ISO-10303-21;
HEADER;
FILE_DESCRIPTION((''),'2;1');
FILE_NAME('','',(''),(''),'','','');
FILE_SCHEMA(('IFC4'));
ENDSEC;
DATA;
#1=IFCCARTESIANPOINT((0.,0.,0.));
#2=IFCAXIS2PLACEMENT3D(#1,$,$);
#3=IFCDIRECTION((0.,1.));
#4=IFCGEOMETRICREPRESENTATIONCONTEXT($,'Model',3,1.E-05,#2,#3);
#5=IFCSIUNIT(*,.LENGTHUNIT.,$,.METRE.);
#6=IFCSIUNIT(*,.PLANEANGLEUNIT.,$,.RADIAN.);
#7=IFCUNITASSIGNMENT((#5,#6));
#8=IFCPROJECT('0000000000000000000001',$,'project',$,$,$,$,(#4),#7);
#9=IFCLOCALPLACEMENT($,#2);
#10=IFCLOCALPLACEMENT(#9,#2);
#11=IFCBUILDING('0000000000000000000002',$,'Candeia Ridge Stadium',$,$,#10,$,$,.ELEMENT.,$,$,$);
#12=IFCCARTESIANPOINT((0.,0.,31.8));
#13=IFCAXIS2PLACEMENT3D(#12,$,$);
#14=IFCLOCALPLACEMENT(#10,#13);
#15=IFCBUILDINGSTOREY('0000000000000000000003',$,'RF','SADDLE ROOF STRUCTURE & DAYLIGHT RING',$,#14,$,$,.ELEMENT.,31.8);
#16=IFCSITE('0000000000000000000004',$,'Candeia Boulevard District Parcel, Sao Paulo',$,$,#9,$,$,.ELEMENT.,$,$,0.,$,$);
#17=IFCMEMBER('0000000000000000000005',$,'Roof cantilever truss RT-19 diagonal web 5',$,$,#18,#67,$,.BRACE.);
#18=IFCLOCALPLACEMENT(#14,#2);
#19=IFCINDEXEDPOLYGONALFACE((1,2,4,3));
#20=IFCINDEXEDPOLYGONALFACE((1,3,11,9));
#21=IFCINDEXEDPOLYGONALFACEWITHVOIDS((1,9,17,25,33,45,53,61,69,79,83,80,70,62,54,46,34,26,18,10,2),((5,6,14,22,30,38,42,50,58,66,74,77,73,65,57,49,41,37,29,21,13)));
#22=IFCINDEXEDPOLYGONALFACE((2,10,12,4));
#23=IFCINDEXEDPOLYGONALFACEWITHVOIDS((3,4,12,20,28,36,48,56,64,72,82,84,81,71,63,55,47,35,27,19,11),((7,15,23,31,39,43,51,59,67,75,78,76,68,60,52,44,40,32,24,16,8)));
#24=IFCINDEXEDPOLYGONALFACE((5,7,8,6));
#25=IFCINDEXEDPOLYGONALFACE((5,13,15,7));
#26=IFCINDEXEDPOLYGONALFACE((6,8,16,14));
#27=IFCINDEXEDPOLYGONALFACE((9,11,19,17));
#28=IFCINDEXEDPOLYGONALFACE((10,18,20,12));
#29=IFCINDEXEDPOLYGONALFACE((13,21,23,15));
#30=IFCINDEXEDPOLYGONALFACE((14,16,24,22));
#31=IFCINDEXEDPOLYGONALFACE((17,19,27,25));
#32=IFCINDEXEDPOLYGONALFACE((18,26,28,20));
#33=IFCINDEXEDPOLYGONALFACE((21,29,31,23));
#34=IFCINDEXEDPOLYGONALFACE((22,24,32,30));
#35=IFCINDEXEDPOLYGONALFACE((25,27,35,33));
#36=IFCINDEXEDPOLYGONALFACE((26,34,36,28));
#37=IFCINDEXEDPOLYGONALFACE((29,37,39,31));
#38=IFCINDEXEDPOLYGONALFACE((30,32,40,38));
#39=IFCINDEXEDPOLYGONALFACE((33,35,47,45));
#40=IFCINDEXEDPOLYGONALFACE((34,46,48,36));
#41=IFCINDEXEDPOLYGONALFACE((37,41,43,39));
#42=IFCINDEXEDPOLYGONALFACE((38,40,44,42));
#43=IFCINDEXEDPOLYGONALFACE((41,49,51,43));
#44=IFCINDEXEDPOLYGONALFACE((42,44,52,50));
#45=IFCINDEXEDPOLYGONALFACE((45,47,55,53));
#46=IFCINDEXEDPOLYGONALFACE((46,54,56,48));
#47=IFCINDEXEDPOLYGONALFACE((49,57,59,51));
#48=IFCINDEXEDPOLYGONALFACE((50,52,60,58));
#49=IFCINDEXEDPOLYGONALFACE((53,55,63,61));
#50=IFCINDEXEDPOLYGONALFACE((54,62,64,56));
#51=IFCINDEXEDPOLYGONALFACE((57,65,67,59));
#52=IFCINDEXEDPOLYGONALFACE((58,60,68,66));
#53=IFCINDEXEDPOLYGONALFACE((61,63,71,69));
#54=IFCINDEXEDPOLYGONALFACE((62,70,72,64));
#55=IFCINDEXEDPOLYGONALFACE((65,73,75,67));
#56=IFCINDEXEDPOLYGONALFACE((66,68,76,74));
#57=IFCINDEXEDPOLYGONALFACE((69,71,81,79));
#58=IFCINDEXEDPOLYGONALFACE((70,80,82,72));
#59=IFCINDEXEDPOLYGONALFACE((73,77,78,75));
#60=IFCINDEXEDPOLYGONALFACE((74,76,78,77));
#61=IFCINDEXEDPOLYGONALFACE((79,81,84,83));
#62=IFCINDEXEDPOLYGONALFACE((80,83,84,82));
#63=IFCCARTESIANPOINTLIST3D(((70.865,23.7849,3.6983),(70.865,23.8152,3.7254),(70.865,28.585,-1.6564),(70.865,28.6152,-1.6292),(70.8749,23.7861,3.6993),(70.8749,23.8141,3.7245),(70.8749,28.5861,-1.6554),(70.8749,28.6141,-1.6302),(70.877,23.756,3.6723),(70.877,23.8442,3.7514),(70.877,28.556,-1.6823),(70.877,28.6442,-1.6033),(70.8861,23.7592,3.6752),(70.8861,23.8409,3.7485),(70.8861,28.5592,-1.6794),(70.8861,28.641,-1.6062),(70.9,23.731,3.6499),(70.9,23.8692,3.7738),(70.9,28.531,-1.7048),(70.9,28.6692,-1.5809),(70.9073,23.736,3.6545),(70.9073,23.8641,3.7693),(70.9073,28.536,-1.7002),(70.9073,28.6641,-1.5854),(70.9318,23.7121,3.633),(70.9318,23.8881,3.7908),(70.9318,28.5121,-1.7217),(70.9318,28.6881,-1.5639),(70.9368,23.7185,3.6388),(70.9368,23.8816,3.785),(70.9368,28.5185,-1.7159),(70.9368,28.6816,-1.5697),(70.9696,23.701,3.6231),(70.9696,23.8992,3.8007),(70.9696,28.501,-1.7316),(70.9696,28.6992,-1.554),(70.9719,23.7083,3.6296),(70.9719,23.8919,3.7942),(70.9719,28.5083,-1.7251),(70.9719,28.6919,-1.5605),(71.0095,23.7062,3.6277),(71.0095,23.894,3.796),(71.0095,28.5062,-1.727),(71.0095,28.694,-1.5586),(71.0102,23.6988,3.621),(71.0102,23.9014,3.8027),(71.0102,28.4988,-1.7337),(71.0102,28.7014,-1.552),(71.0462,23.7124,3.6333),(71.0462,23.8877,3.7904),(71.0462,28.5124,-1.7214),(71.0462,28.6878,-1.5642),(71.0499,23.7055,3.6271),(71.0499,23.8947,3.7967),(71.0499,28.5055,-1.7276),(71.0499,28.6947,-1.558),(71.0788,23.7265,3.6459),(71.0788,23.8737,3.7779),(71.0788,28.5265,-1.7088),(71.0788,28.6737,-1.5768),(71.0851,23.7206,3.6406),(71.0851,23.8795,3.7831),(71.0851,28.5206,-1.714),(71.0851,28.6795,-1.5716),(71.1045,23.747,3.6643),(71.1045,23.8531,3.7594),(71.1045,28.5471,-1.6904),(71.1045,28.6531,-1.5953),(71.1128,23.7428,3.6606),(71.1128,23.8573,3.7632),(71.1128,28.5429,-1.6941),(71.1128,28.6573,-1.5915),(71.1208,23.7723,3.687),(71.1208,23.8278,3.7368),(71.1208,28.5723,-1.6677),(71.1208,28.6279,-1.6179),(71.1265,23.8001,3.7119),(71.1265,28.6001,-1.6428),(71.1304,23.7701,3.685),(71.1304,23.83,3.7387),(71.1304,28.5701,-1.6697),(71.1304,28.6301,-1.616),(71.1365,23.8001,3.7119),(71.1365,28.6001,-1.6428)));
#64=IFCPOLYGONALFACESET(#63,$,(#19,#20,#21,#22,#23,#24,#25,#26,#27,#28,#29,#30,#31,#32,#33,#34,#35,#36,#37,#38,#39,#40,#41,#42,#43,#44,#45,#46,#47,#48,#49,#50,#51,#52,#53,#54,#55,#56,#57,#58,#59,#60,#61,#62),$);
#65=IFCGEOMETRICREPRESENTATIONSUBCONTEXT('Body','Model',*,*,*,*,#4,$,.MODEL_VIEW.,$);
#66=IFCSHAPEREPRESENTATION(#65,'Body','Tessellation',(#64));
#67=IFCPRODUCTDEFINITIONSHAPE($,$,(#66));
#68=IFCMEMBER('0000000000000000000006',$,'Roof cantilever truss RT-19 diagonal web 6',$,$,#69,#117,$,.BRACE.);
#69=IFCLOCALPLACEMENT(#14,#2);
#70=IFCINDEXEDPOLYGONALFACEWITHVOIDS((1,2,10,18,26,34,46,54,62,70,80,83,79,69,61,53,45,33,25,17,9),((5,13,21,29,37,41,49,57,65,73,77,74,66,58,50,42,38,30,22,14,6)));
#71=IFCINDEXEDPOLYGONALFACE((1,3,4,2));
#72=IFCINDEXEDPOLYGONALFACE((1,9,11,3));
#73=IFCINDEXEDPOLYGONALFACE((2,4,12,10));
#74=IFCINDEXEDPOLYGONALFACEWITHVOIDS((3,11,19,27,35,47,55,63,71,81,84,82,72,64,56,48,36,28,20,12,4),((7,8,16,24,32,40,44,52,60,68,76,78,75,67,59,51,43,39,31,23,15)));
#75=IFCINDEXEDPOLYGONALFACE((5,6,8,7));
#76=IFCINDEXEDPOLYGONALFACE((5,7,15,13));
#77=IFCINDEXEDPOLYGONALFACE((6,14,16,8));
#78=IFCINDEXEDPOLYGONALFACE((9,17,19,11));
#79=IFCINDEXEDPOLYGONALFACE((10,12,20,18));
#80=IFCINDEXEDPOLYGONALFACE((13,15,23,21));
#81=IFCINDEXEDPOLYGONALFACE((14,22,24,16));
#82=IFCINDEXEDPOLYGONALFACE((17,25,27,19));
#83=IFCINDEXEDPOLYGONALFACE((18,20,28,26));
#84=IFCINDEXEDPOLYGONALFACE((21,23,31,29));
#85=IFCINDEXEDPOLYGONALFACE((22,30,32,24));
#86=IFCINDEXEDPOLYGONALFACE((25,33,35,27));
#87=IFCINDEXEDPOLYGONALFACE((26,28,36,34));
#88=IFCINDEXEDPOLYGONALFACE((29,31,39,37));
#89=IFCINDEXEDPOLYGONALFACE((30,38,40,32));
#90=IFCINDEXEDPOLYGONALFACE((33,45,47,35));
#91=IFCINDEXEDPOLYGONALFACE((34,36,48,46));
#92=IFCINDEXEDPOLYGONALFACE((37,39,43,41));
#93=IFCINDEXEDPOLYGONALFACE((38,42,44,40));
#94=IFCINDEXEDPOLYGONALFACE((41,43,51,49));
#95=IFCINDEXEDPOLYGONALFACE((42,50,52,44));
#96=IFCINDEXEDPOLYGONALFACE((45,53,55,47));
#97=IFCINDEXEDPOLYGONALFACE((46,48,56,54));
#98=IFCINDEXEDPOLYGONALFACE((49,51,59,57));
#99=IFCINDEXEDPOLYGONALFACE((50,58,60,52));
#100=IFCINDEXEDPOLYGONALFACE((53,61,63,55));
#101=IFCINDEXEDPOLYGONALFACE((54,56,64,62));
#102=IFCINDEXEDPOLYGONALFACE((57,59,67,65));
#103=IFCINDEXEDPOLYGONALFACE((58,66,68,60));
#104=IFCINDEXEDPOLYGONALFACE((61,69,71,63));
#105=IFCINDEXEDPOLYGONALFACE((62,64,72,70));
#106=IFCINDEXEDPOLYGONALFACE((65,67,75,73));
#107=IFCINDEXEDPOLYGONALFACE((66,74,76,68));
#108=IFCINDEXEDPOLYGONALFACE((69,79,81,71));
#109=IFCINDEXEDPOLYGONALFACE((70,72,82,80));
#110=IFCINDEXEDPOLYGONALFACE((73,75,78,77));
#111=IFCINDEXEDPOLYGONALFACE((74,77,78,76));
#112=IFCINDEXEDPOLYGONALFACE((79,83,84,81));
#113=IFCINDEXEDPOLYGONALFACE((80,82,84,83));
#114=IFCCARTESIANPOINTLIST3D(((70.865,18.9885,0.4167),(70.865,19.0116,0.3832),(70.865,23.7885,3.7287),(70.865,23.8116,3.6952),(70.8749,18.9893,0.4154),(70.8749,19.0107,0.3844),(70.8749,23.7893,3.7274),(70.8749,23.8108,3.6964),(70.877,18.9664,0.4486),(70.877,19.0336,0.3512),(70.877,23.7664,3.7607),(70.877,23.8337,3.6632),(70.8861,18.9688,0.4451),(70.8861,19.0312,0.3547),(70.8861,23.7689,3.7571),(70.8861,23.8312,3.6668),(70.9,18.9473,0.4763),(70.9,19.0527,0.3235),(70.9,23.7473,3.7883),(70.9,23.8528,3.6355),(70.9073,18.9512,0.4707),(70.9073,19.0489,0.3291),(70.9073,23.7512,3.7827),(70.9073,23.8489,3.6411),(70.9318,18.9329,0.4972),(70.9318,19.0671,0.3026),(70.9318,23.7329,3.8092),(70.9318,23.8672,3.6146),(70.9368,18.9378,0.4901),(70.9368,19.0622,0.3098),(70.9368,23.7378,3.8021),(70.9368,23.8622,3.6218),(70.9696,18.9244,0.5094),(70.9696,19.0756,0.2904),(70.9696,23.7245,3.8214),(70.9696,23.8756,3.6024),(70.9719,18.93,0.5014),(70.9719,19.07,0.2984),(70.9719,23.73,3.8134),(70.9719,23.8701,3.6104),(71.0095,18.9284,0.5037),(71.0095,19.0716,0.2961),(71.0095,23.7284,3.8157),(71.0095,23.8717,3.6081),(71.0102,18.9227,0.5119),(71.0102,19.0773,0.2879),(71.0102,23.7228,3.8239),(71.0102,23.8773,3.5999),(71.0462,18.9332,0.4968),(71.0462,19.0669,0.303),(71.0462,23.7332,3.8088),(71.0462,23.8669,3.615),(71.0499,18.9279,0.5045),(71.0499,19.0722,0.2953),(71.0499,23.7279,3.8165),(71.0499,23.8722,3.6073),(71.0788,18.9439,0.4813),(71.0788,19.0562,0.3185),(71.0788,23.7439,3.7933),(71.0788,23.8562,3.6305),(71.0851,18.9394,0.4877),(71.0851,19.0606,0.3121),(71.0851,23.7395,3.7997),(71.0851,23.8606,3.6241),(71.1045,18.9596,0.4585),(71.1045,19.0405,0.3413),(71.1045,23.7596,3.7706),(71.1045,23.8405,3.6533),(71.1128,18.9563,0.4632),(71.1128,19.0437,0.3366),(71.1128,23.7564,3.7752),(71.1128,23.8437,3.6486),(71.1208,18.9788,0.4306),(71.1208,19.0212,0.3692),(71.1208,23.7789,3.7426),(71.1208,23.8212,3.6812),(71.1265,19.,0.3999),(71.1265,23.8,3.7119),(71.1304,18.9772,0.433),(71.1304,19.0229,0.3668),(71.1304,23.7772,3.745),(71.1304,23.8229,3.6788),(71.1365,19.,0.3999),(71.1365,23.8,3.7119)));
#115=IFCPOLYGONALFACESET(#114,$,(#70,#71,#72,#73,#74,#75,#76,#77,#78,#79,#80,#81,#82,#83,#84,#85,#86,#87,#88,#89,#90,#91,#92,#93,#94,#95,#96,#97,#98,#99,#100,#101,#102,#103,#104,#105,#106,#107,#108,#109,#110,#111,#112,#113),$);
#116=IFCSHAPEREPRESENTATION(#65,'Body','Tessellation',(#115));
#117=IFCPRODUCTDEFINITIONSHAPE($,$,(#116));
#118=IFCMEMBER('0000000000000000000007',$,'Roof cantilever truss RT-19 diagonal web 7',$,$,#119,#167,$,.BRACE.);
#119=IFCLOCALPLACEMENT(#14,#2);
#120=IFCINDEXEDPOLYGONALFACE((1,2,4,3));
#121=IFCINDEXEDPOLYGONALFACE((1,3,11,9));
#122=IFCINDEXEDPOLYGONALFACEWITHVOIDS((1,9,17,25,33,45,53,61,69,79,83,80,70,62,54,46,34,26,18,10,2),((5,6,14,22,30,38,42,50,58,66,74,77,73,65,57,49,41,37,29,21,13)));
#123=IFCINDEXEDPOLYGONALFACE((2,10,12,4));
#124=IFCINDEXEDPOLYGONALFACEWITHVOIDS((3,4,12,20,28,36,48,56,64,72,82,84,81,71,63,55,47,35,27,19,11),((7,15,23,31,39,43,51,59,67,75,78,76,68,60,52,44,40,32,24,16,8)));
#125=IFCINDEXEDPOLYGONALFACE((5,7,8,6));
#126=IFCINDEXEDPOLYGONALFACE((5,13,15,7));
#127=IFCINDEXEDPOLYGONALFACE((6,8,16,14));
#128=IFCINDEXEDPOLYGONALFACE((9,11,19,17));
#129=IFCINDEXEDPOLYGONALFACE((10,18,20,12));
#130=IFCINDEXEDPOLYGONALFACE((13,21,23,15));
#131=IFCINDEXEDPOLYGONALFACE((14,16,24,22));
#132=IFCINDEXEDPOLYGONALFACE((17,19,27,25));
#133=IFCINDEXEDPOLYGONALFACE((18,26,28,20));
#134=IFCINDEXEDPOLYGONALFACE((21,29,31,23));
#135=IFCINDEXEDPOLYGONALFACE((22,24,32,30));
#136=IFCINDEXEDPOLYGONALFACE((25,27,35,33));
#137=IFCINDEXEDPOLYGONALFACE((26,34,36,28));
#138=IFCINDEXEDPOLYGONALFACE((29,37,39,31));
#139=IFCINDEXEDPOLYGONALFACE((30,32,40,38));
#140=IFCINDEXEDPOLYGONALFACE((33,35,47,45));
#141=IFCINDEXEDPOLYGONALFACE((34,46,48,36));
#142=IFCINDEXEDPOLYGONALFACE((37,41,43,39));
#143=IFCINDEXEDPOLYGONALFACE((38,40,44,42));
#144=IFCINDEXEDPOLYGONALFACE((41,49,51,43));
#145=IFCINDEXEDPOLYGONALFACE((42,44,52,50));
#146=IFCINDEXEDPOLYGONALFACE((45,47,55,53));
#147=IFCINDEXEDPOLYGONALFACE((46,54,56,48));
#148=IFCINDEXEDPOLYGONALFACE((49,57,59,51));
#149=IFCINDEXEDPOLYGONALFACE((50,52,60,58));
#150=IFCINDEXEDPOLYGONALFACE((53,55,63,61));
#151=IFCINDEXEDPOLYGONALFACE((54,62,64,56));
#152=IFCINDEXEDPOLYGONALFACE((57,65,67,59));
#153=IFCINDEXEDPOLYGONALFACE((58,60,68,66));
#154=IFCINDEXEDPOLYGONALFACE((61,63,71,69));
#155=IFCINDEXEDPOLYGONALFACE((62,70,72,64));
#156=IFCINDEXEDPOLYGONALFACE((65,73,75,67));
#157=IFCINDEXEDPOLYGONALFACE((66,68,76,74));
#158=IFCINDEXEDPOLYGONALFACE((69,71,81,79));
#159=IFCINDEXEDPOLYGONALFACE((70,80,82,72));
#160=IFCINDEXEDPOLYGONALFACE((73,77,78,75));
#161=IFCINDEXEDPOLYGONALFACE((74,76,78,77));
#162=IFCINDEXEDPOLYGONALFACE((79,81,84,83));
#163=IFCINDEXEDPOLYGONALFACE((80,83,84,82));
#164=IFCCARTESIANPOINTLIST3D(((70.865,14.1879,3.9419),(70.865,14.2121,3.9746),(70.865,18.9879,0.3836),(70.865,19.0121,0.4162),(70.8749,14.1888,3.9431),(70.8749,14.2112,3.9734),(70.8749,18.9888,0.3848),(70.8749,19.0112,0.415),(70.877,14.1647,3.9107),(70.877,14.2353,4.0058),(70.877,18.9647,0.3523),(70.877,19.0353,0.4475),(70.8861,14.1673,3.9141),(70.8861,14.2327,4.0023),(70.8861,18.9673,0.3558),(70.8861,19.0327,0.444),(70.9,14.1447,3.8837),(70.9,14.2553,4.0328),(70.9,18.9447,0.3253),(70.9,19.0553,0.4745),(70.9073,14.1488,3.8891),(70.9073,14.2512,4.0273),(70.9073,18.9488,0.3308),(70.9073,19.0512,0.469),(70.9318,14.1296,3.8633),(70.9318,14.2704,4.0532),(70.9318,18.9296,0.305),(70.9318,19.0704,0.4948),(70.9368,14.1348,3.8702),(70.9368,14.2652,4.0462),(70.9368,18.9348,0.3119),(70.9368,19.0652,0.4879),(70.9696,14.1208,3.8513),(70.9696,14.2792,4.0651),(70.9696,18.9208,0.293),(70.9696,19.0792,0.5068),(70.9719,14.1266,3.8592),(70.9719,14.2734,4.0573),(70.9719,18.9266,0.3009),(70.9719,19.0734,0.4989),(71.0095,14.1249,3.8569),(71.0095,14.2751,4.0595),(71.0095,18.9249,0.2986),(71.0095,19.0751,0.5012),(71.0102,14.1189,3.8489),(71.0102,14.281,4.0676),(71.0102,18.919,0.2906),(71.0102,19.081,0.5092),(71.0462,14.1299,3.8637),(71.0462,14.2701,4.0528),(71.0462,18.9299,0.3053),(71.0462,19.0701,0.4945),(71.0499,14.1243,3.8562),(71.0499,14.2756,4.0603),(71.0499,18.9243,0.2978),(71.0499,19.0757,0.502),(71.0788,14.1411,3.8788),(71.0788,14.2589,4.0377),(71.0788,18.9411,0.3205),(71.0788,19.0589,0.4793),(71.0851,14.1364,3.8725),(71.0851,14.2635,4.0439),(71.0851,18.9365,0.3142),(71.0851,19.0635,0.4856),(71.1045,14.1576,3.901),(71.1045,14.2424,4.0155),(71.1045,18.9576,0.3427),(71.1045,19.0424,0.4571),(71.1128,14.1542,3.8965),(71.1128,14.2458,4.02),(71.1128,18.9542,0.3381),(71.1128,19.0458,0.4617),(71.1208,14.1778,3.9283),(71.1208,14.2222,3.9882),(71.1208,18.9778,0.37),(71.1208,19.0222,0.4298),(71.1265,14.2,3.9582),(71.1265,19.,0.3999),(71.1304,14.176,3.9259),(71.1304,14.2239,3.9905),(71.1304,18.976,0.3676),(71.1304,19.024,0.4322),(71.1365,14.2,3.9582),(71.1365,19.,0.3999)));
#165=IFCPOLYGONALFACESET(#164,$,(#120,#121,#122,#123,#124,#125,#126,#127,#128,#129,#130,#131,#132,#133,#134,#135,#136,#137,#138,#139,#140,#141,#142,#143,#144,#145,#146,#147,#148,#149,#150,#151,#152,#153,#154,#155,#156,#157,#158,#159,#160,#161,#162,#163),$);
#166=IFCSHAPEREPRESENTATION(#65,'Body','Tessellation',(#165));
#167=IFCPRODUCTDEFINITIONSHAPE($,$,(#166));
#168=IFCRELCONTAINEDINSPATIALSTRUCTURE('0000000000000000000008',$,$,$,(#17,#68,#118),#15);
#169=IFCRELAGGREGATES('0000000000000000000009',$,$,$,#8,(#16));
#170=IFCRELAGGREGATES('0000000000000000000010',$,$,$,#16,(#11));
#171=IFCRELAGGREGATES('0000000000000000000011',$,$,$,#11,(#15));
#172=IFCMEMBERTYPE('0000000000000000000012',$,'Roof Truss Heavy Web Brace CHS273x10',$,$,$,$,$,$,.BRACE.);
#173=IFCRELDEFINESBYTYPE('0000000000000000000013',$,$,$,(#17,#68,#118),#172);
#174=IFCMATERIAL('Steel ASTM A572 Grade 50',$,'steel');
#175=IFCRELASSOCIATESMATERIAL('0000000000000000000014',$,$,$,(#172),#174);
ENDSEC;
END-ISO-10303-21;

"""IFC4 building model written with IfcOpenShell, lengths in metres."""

from ifc_helpers import new_model, si_unit, direction, frame, origin, origin_2d, place, context, subcontext, project, spatial, hollow_circle, extrude, material, material_profile, profile_set, type_object, element, save


model = new_model("IFC4")

# Units and contexts
model_context = context("Model", 3, precision=1e-05, world=origin(), true_north=direction((0.0, 1.0)))
body_context = subcontext(model_context, "Body", "Model", "MODEL_VIEW")
ifc_project = project(units=[si_unit("LENGTHUNIT", "METRE"), si_unit("PLANEANGLEUNIT", "RADIAN")], contexts=[model_context])

# Site, building, storey
site_placement = place(None, origin())
site = spatial("IfcSite", under=ifc_project, at=site_placement, Name="Candeia Boulevard District Parcel, Sao Paulo", CompositionType="ELEMENT", RefElevation=0.0)
building_placement = place(site_placement, origin())
building = spatial("IfcBuilding", under=site, at=building_placement, Name="Candeia Ridge Stadium", CompositionType="ELEMENT")
storey_placement = place(building_placement, frame((0.0, 0.0, 31.8)))
storey = spatial("IfcBuildingStorey", under=building, at=storey_placement, Name="RF", Description="SADDLE ROOF STRUCTURE & DAYLIGHT RING", CompositionType="ELEMENT", Elevation=31.8)

# Shared definitions
ifc_material_1 = material(Name="Steel ASTM A572 Grade 50", Category="steel")

# Members
ifc_material_profile_1 = material_profile(ifc_material_1, hollow_circle(Radius=0.1365, WallThickness=0.01, at=origin_2d()), Name="CHS273x10", Category="steel")
ifc_profile_set_1 = profile_set([ifc_material_profile_1], Name="Steel ASTM A572 Grade 50")
member_type_1 = type_object("IfcMemberType", Name="Roof Truss Heavy Web Brace CHS273x10", PredefinedType="BRACE", material=ifc_profile_set_1)
member_1_placement = place(storey_placement, frame((71.0, 28.6001, -1.6428), z_axis=(0.0, -0.667487, 0.744621), x_axis=(1.0, 0.0, 0.0)))
element("IfcMember", 1, at=member_1_placement, inside=storey, type_object=member_type_1, Name="Roof cantilever truss RT-19 diagonal web 5", PredefinedType="BRACE", context=body_context, shape_type="SweptSolid", body=[
    extrude(hollow_circle(Radius=0.1365, WallThickness=0.01, at=origin_2d()), origin(), (0.0, 0.0, 1.0), 7.1912),
])
member_2_placement = place(storey_placement, frame((71.0, 23.8, 3.7119), z_axis=(0.0, -0.823082, -0.567923), x_axis=(1.0, 0.0, 0.0)))
element("IfcMember", 2, at=member_2_placement, inside=storey, type_object=member_type_1, Name="Roof cantilever truss RT-19 diagonal web 6", PredefinedType="BRACE", context=body_context, shape_type="SweptSolid", body=[
    extrude(hollow_circle(Radius=0.1365, WallThickness=0.01, at=origin_2d()), origin(), (0.0, 0.0, 1.0), 5.8318),
])
member_3_placement = place(storey_placement, frame((71.0, 19.0, 0.3999), z_axis=(0.0, -0.803336, 0.595526), x_axis=(1.0, 0.0, 0.0)))
element("IfcMember", 3, at=member_3_placement, inside=storey, type_object=member_type_1, Name="Roof cantilever truss RT-19 diagonal web 7", PredefinedType="BRACE", context=body_context, shape_type="SweptSolid", body=[
    extrude(hollow_circle(Radius=0.1365, WallThickness=0.01, at=origin_2d()), origin(), (0.0, 0.0, 1.0), 5.9751),
])

save(model, "model.ifc")
